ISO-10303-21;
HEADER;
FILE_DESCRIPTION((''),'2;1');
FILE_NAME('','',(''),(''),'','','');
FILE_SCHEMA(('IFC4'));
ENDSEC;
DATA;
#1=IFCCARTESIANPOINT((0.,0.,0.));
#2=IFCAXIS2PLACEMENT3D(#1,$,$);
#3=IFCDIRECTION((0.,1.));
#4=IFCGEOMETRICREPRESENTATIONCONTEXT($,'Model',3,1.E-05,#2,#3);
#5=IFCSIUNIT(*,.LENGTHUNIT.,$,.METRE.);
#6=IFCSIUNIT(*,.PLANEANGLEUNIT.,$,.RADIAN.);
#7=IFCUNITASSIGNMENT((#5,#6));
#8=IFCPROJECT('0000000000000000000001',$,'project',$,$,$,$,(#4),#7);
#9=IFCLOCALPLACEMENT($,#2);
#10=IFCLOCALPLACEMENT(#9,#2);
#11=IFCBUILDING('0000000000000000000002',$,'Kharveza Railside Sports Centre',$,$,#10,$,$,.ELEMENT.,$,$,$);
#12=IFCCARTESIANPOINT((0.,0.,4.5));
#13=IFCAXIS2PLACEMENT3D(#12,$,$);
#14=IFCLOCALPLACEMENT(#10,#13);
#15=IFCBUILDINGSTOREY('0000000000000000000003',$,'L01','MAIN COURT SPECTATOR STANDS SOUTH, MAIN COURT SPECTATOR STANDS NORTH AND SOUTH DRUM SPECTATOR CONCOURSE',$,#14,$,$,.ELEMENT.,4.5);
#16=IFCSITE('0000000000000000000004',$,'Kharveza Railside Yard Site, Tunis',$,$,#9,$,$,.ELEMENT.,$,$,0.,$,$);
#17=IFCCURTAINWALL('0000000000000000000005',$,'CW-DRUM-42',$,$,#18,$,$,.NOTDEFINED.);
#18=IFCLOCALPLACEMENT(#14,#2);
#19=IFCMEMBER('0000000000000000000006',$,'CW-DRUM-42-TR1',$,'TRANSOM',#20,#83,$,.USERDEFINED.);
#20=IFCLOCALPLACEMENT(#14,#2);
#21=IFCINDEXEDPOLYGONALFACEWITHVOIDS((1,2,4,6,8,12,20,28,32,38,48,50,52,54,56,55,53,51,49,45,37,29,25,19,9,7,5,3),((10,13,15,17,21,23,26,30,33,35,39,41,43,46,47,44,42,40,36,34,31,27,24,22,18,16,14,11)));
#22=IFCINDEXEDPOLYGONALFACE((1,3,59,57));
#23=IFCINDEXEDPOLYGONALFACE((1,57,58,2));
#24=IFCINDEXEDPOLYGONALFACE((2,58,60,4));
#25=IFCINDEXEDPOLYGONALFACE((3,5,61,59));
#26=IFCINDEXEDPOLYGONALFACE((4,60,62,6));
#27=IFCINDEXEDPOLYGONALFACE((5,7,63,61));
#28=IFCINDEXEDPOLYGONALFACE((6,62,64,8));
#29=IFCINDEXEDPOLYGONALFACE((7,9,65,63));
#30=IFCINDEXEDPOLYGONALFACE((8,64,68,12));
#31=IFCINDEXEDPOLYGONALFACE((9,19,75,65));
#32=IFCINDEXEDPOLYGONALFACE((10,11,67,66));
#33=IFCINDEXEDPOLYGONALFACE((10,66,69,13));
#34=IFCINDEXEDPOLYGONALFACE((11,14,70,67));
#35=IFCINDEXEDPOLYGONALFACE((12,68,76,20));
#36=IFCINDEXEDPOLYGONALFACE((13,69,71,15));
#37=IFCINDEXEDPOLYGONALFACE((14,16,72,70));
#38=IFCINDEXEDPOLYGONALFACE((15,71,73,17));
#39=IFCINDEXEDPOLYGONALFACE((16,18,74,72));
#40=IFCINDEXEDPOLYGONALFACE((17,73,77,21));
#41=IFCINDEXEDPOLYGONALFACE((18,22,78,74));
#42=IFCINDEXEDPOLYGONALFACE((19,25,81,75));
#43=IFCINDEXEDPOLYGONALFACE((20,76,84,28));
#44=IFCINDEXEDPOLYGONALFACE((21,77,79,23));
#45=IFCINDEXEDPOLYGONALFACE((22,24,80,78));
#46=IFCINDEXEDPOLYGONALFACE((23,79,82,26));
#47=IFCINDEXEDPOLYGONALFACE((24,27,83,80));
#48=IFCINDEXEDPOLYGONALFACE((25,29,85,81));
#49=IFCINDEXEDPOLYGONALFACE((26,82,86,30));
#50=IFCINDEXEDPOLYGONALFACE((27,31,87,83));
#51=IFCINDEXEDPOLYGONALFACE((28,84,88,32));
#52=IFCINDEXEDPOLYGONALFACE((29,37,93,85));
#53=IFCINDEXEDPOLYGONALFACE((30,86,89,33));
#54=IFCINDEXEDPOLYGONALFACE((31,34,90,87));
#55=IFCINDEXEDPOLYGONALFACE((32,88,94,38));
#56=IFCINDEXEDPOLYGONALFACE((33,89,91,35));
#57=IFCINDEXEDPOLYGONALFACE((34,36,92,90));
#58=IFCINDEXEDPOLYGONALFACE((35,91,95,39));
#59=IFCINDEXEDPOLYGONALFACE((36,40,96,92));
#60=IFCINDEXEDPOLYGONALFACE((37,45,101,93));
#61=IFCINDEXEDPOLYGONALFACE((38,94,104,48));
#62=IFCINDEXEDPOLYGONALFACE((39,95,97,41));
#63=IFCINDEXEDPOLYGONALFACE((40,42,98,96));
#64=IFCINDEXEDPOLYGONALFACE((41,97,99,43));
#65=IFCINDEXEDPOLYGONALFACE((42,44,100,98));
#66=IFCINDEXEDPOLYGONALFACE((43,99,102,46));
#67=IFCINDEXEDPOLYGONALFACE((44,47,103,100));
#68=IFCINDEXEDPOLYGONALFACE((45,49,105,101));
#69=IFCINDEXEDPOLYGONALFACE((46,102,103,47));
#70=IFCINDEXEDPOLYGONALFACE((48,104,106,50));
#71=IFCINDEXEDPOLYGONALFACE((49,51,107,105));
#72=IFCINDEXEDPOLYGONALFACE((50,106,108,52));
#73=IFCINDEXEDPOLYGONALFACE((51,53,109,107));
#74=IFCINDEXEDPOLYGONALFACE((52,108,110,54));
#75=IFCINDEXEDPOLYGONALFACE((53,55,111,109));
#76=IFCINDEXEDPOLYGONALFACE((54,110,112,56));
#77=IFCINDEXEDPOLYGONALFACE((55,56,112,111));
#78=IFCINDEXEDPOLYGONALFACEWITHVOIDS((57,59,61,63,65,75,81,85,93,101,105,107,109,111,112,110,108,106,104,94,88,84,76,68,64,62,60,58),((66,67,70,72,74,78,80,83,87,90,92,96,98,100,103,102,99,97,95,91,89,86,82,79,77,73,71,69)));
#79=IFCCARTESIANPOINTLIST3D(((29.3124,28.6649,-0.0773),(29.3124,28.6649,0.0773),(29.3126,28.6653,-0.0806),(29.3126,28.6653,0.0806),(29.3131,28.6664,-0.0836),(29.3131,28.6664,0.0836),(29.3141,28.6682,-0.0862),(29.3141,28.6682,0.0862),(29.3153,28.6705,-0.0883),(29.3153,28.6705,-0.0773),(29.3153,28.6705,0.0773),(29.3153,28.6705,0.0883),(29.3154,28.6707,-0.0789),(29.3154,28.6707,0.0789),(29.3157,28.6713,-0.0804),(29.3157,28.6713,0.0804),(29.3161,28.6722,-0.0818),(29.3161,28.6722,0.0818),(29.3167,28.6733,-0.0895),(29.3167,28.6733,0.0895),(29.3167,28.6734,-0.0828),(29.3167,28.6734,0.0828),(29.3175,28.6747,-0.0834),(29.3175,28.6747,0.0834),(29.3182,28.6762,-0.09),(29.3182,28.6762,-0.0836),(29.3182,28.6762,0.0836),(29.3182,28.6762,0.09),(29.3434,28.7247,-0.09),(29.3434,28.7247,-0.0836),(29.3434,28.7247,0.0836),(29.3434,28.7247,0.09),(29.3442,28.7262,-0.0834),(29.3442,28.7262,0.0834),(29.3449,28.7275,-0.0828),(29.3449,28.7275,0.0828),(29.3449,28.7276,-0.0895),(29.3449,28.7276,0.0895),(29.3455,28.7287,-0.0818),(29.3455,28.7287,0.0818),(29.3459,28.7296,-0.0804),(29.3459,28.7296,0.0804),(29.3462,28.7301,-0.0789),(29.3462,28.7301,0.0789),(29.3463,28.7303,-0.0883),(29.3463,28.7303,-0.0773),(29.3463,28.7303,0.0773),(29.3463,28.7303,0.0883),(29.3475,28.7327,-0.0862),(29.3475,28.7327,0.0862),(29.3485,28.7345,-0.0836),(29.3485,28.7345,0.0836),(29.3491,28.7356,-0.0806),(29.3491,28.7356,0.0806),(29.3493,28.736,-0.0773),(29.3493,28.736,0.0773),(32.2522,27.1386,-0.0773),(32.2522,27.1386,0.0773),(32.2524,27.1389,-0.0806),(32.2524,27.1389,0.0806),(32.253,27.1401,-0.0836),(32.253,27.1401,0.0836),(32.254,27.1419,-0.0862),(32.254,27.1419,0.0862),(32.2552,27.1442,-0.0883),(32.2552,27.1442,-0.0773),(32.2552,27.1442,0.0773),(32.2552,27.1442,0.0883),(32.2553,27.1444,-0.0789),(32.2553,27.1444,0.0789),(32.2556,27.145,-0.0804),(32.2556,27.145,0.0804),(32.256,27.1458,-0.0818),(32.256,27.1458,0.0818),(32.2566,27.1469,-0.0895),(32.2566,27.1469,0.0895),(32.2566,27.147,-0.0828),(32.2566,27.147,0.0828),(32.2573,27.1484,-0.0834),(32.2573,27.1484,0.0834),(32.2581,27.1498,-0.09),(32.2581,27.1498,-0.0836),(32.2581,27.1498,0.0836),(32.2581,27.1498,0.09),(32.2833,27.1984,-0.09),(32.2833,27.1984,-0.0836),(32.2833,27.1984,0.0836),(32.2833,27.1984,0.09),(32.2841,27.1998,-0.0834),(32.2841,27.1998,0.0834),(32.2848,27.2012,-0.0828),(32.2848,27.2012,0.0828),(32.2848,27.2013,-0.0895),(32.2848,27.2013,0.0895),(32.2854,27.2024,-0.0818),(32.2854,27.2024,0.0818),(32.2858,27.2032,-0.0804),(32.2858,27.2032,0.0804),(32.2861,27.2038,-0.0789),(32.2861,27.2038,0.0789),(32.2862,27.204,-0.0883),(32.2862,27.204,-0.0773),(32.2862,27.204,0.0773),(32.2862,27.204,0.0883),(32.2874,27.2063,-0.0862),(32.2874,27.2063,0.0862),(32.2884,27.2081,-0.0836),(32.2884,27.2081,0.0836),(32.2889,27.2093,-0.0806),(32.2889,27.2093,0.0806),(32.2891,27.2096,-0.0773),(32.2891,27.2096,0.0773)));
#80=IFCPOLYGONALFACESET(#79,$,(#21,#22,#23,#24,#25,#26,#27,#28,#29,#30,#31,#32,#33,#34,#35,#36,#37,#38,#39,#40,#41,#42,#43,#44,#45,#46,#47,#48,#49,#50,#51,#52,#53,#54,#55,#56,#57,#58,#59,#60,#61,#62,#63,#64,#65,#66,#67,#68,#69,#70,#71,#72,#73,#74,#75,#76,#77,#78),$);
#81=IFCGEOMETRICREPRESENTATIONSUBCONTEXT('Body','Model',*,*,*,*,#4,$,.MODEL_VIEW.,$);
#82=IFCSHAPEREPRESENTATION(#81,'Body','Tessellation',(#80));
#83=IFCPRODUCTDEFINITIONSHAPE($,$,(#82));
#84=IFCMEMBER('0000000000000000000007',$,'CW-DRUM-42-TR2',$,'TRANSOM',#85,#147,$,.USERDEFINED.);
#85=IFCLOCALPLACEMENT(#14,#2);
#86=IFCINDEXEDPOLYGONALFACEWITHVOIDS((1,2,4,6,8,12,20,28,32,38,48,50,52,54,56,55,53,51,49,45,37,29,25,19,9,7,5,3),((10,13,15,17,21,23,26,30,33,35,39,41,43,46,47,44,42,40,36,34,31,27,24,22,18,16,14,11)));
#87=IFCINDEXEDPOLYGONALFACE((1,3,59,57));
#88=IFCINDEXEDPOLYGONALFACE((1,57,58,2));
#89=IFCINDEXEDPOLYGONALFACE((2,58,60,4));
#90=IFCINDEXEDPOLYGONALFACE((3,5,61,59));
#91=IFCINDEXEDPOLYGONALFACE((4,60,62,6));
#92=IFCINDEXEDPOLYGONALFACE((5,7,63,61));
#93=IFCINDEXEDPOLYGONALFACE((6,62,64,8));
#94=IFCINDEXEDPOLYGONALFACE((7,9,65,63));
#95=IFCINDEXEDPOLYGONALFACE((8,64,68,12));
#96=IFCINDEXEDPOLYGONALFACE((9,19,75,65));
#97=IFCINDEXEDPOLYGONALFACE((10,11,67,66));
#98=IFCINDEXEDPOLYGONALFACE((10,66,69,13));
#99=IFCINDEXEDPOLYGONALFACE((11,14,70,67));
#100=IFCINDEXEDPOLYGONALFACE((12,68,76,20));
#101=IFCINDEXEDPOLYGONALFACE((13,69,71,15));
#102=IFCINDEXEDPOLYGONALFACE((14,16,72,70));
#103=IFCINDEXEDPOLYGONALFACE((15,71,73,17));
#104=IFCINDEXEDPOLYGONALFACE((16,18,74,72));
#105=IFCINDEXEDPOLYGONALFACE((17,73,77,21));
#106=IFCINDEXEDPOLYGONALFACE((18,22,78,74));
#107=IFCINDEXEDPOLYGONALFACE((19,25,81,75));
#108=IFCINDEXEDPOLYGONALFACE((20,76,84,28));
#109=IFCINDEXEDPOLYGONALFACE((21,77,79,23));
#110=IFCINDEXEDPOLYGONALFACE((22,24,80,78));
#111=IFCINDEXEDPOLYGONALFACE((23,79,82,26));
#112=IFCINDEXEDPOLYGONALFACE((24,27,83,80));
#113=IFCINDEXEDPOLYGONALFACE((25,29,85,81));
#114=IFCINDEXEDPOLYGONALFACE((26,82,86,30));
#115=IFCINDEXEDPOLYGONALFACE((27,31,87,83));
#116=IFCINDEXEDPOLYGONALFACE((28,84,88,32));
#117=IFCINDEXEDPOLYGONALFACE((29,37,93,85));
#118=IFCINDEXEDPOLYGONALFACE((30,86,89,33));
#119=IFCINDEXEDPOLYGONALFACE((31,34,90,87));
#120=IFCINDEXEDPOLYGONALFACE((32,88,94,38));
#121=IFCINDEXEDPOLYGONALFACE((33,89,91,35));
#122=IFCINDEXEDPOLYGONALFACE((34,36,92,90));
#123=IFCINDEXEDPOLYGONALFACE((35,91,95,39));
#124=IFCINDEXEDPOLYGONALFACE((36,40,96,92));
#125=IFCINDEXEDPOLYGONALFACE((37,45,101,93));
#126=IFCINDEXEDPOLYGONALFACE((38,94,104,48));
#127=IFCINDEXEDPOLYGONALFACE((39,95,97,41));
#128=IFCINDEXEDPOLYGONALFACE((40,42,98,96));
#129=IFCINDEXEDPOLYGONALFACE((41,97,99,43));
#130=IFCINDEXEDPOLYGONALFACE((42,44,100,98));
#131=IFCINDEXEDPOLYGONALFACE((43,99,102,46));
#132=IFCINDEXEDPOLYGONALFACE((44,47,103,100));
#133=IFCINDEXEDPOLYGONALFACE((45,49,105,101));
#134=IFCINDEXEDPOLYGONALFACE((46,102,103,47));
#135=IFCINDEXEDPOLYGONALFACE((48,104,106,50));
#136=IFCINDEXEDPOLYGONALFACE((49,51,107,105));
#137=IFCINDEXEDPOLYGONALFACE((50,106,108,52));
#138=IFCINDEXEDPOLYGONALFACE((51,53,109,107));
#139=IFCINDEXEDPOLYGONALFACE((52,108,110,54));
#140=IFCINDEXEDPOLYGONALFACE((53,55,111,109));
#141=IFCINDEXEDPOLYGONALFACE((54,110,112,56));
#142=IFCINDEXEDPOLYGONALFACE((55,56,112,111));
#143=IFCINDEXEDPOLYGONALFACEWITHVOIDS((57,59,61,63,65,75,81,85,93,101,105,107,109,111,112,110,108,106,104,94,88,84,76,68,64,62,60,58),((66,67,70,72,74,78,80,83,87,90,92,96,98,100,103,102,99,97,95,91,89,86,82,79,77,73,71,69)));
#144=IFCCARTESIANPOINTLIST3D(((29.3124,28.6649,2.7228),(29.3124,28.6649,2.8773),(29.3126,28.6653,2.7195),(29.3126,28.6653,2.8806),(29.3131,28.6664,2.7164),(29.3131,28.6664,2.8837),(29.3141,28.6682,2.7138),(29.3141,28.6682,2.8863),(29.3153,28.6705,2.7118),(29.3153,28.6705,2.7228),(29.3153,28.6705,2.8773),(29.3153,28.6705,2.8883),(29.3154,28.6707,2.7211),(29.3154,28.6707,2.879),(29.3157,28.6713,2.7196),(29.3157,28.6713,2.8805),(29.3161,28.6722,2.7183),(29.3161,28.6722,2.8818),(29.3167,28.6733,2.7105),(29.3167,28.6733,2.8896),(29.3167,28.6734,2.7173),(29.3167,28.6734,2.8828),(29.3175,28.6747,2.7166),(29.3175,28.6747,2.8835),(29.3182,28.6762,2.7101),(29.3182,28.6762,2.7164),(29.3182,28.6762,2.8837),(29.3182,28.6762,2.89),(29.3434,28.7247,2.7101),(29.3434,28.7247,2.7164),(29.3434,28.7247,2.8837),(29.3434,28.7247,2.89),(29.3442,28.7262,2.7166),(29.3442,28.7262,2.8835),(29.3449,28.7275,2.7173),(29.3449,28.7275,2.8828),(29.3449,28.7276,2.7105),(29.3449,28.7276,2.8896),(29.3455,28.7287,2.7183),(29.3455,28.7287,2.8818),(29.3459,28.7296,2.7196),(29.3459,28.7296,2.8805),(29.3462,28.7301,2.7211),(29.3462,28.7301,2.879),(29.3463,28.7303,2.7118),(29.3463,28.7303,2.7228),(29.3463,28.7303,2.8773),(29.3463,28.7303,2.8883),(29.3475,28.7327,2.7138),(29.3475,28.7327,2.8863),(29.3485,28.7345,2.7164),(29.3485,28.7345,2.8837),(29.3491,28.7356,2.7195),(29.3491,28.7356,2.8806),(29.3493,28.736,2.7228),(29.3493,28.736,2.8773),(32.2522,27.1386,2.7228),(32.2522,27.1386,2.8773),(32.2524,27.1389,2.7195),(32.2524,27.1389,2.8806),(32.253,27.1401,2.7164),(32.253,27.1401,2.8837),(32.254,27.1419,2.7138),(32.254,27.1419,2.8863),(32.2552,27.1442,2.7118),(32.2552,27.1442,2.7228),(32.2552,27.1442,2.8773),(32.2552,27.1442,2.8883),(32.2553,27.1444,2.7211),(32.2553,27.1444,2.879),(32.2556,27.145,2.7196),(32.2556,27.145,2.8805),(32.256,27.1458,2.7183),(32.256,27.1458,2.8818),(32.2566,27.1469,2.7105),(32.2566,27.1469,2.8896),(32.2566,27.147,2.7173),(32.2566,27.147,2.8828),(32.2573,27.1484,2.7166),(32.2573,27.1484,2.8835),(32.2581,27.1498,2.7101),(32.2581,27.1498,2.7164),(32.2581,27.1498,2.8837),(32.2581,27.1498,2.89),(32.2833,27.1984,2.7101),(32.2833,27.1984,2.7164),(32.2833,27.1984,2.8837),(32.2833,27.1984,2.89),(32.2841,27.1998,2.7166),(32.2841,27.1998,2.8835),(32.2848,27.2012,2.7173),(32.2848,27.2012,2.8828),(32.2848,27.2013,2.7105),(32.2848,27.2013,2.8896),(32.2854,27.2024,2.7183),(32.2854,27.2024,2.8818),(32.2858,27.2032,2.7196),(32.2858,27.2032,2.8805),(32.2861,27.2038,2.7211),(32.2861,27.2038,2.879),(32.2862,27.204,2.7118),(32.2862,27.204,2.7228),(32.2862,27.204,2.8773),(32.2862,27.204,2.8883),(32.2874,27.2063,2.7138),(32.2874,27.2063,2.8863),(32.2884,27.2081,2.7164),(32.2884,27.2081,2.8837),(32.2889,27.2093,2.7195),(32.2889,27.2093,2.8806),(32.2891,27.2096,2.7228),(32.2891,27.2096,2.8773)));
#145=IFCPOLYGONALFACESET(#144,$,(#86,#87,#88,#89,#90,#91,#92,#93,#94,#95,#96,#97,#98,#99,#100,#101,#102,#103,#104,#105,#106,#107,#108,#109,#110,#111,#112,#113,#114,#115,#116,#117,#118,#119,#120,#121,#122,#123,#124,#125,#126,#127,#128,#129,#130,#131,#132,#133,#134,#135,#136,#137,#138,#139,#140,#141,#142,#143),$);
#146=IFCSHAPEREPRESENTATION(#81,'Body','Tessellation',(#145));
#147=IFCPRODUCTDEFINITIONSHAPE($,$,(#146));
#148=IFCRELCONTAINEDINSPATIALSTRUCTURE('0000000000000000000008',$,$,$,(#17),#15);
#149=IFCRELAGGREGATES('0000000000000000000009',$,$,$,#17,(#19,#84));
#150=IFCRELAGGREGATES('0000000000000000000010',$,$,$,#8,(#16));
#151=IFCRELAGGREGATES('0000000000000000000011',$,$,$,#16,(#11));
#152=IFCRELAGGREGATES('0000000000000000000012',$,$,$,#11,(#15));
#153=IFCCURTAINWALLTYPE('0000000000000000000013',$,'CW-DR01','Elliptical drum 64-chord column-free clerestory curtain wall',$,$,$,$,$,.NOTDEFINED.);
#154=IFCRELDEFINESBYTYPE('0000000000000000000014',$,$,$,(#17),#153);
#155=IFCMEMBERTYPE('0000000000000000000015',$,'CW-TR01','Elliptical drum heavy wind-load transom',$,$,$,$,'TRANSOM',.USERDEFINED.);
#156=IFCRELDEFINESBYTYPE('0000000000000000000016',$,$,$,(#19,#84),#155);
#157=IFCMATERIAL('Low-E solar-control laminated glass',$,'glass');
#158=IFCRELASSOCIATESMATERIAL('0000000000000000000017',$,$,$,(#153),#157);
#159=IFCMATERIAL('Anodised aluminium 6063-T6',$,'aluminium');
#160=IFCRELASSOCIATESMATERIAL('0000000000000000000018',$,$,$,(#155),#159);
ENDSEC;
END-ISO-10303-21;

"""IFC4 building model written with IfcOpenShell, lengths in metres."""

from ifc_helpers import new_model, si_unit, direction, frame, origin, origin_2d, place, context, subcontext, project, spatial, hollow_rectangle, extrude, material, material_profile, profile_set, type_object, element, aggregate, save


model = new_model("IFC4")

# Units and contexts
model_context = context("Model", 3, precision=1e-05, world=origin(), true_north=direction((0.0, 1.0)))
body_context = subcontext(model_context, "Body", "Model", "MODEL_VIEW")
ifc_project = project(units=[si_unit("LENGTHUNIT", "METRE"), si_unit("PLANEANGLEUNIT", "RADIAN")], contexts=[model_context])

# Site, building, storey
site_placement = place(None, origin())
site = spatial("IfcSite", under=ifc_project, at=site_placement, Name="Kharveza Railside Yard Site, Tunis", CompositionType="ELEMENT", RefElevation=0.0)
building_placement = place(site_placement, origin())
building = spatial("IfcBuilding", under=site, at=building_placement, Name="Kharveza Railside Sports Centre", CompositionType="ELEMENT")
storey_placement = place(building_placement, frame((0.0, 0.0, 4.5)))
storey = spatial("IfcBuildingStorey", under=building, at=storey_placement, Name="L01", Description="MAIN COURT SPECTATOR STANDS SOUTH, MAIN COURT SPECTATOR STANDS NORTH AND SOUTH DRUM SPECTATOR CONCOURSE", CompositionType="ELEMENT", Elevation=4.5)

# Curtain wall, members
ifc_material_1 = material(Name="Low-E solar-control laminated glass", Category="glass")
curtain_wall_type = type_object("IfcCurtainWallType", Name="CW-DR01", Description="Elliptical drum 64-chord column-free clerestory curtain wall", PredefinedType="NOTDEFINED", material=ifc_material_1)
ifc_material_2 = material(Name="Anodised aluminium 6063-T6", Category="aluminium")
curtain_wall_1_placement = place(storey_placement, origin())
curtain_wall_1 = element("IfcCurtainWall", 1, at=curtain_wall_1_placement, inside=storey, type_object=curtain_wall_type, Name="CW-DRUM-42", PredefinedType="NOTDEFINED")
ifc_material_profile_1 = material_profile(ifc_material_2, hollow_rectangle(XDim=0.0801, YDim=0.1799, WallThickness=0.0063, InnerFilletRadius=0.0063, OuterFilletRadius=0.0127, at=origin_2d()), Name="RHS 80x180x6.3")
ifc_profile_set_1 = profile_set([ifc_material_profile_1], Name="Anodised aluminium 6063-T6")
member_type_1 = type_object("IfcMemberType", Name="CW-TR01", Description="Elliptical drum heavy wind-load transom", ElementType="TRANSOM", PredefinedType="USERDEFINED", material=ifc_profile_set_1)
member_1_placement = place(storey_placement, frame((29.3308, 28.7004, 0.0), z_axis=(0.887513, -0.460782, 0.0), x_axis=(0.460782, 0.887513, 0.0)))
member_1 = element("IfcMember", 2, at=member_1_placement, type_object=member_type_1, Name="CW-DRUM-42-TR1", ObjectType="TRANSOM", PredefinedType="USERDEFINED", context=body_context, shape_type="SweptSolid", body=[
    extrude(hollow_rectangle(XDim=0.0801, YDim=0.1799, WallThickness=0.0063, InnerFilletRadius=0.0063, OuterFilletRadius=0.0127, at=origin_2d()), origin(), (0.0, 0.0, 1.0), 3.3125),
])
member_2_placement = place(storey_placement, frame((29.3308, 28.7004, 2.8), z_axis=(0.887513, -0.460782, 0.0), x_axis=(0.460782, 0.887513, 0.0)))
member_2 = element("IfcMember", 3, at=member_2_placement, type_object=member_type_1, Name="CW-DRUM-42-TR2", ObjectType="TRANSOM", PredefinedType="USERDEFINED", context=body_context, shape_type="SweptSolid", body=[
    extrude(hollow_rectangle(XDim=0.0801, YDim=0.1799, WallThickness=0.0063, InnerFilletRadius=0.0063, OuterFilletRadius=0.0127, at=origin_2d()), origin(), (0.0, 0.0, 1.0), 3.3125),
])

aggregate(curtain_wall_1, [member_1, member_2])

save(model, "model.ifc")
